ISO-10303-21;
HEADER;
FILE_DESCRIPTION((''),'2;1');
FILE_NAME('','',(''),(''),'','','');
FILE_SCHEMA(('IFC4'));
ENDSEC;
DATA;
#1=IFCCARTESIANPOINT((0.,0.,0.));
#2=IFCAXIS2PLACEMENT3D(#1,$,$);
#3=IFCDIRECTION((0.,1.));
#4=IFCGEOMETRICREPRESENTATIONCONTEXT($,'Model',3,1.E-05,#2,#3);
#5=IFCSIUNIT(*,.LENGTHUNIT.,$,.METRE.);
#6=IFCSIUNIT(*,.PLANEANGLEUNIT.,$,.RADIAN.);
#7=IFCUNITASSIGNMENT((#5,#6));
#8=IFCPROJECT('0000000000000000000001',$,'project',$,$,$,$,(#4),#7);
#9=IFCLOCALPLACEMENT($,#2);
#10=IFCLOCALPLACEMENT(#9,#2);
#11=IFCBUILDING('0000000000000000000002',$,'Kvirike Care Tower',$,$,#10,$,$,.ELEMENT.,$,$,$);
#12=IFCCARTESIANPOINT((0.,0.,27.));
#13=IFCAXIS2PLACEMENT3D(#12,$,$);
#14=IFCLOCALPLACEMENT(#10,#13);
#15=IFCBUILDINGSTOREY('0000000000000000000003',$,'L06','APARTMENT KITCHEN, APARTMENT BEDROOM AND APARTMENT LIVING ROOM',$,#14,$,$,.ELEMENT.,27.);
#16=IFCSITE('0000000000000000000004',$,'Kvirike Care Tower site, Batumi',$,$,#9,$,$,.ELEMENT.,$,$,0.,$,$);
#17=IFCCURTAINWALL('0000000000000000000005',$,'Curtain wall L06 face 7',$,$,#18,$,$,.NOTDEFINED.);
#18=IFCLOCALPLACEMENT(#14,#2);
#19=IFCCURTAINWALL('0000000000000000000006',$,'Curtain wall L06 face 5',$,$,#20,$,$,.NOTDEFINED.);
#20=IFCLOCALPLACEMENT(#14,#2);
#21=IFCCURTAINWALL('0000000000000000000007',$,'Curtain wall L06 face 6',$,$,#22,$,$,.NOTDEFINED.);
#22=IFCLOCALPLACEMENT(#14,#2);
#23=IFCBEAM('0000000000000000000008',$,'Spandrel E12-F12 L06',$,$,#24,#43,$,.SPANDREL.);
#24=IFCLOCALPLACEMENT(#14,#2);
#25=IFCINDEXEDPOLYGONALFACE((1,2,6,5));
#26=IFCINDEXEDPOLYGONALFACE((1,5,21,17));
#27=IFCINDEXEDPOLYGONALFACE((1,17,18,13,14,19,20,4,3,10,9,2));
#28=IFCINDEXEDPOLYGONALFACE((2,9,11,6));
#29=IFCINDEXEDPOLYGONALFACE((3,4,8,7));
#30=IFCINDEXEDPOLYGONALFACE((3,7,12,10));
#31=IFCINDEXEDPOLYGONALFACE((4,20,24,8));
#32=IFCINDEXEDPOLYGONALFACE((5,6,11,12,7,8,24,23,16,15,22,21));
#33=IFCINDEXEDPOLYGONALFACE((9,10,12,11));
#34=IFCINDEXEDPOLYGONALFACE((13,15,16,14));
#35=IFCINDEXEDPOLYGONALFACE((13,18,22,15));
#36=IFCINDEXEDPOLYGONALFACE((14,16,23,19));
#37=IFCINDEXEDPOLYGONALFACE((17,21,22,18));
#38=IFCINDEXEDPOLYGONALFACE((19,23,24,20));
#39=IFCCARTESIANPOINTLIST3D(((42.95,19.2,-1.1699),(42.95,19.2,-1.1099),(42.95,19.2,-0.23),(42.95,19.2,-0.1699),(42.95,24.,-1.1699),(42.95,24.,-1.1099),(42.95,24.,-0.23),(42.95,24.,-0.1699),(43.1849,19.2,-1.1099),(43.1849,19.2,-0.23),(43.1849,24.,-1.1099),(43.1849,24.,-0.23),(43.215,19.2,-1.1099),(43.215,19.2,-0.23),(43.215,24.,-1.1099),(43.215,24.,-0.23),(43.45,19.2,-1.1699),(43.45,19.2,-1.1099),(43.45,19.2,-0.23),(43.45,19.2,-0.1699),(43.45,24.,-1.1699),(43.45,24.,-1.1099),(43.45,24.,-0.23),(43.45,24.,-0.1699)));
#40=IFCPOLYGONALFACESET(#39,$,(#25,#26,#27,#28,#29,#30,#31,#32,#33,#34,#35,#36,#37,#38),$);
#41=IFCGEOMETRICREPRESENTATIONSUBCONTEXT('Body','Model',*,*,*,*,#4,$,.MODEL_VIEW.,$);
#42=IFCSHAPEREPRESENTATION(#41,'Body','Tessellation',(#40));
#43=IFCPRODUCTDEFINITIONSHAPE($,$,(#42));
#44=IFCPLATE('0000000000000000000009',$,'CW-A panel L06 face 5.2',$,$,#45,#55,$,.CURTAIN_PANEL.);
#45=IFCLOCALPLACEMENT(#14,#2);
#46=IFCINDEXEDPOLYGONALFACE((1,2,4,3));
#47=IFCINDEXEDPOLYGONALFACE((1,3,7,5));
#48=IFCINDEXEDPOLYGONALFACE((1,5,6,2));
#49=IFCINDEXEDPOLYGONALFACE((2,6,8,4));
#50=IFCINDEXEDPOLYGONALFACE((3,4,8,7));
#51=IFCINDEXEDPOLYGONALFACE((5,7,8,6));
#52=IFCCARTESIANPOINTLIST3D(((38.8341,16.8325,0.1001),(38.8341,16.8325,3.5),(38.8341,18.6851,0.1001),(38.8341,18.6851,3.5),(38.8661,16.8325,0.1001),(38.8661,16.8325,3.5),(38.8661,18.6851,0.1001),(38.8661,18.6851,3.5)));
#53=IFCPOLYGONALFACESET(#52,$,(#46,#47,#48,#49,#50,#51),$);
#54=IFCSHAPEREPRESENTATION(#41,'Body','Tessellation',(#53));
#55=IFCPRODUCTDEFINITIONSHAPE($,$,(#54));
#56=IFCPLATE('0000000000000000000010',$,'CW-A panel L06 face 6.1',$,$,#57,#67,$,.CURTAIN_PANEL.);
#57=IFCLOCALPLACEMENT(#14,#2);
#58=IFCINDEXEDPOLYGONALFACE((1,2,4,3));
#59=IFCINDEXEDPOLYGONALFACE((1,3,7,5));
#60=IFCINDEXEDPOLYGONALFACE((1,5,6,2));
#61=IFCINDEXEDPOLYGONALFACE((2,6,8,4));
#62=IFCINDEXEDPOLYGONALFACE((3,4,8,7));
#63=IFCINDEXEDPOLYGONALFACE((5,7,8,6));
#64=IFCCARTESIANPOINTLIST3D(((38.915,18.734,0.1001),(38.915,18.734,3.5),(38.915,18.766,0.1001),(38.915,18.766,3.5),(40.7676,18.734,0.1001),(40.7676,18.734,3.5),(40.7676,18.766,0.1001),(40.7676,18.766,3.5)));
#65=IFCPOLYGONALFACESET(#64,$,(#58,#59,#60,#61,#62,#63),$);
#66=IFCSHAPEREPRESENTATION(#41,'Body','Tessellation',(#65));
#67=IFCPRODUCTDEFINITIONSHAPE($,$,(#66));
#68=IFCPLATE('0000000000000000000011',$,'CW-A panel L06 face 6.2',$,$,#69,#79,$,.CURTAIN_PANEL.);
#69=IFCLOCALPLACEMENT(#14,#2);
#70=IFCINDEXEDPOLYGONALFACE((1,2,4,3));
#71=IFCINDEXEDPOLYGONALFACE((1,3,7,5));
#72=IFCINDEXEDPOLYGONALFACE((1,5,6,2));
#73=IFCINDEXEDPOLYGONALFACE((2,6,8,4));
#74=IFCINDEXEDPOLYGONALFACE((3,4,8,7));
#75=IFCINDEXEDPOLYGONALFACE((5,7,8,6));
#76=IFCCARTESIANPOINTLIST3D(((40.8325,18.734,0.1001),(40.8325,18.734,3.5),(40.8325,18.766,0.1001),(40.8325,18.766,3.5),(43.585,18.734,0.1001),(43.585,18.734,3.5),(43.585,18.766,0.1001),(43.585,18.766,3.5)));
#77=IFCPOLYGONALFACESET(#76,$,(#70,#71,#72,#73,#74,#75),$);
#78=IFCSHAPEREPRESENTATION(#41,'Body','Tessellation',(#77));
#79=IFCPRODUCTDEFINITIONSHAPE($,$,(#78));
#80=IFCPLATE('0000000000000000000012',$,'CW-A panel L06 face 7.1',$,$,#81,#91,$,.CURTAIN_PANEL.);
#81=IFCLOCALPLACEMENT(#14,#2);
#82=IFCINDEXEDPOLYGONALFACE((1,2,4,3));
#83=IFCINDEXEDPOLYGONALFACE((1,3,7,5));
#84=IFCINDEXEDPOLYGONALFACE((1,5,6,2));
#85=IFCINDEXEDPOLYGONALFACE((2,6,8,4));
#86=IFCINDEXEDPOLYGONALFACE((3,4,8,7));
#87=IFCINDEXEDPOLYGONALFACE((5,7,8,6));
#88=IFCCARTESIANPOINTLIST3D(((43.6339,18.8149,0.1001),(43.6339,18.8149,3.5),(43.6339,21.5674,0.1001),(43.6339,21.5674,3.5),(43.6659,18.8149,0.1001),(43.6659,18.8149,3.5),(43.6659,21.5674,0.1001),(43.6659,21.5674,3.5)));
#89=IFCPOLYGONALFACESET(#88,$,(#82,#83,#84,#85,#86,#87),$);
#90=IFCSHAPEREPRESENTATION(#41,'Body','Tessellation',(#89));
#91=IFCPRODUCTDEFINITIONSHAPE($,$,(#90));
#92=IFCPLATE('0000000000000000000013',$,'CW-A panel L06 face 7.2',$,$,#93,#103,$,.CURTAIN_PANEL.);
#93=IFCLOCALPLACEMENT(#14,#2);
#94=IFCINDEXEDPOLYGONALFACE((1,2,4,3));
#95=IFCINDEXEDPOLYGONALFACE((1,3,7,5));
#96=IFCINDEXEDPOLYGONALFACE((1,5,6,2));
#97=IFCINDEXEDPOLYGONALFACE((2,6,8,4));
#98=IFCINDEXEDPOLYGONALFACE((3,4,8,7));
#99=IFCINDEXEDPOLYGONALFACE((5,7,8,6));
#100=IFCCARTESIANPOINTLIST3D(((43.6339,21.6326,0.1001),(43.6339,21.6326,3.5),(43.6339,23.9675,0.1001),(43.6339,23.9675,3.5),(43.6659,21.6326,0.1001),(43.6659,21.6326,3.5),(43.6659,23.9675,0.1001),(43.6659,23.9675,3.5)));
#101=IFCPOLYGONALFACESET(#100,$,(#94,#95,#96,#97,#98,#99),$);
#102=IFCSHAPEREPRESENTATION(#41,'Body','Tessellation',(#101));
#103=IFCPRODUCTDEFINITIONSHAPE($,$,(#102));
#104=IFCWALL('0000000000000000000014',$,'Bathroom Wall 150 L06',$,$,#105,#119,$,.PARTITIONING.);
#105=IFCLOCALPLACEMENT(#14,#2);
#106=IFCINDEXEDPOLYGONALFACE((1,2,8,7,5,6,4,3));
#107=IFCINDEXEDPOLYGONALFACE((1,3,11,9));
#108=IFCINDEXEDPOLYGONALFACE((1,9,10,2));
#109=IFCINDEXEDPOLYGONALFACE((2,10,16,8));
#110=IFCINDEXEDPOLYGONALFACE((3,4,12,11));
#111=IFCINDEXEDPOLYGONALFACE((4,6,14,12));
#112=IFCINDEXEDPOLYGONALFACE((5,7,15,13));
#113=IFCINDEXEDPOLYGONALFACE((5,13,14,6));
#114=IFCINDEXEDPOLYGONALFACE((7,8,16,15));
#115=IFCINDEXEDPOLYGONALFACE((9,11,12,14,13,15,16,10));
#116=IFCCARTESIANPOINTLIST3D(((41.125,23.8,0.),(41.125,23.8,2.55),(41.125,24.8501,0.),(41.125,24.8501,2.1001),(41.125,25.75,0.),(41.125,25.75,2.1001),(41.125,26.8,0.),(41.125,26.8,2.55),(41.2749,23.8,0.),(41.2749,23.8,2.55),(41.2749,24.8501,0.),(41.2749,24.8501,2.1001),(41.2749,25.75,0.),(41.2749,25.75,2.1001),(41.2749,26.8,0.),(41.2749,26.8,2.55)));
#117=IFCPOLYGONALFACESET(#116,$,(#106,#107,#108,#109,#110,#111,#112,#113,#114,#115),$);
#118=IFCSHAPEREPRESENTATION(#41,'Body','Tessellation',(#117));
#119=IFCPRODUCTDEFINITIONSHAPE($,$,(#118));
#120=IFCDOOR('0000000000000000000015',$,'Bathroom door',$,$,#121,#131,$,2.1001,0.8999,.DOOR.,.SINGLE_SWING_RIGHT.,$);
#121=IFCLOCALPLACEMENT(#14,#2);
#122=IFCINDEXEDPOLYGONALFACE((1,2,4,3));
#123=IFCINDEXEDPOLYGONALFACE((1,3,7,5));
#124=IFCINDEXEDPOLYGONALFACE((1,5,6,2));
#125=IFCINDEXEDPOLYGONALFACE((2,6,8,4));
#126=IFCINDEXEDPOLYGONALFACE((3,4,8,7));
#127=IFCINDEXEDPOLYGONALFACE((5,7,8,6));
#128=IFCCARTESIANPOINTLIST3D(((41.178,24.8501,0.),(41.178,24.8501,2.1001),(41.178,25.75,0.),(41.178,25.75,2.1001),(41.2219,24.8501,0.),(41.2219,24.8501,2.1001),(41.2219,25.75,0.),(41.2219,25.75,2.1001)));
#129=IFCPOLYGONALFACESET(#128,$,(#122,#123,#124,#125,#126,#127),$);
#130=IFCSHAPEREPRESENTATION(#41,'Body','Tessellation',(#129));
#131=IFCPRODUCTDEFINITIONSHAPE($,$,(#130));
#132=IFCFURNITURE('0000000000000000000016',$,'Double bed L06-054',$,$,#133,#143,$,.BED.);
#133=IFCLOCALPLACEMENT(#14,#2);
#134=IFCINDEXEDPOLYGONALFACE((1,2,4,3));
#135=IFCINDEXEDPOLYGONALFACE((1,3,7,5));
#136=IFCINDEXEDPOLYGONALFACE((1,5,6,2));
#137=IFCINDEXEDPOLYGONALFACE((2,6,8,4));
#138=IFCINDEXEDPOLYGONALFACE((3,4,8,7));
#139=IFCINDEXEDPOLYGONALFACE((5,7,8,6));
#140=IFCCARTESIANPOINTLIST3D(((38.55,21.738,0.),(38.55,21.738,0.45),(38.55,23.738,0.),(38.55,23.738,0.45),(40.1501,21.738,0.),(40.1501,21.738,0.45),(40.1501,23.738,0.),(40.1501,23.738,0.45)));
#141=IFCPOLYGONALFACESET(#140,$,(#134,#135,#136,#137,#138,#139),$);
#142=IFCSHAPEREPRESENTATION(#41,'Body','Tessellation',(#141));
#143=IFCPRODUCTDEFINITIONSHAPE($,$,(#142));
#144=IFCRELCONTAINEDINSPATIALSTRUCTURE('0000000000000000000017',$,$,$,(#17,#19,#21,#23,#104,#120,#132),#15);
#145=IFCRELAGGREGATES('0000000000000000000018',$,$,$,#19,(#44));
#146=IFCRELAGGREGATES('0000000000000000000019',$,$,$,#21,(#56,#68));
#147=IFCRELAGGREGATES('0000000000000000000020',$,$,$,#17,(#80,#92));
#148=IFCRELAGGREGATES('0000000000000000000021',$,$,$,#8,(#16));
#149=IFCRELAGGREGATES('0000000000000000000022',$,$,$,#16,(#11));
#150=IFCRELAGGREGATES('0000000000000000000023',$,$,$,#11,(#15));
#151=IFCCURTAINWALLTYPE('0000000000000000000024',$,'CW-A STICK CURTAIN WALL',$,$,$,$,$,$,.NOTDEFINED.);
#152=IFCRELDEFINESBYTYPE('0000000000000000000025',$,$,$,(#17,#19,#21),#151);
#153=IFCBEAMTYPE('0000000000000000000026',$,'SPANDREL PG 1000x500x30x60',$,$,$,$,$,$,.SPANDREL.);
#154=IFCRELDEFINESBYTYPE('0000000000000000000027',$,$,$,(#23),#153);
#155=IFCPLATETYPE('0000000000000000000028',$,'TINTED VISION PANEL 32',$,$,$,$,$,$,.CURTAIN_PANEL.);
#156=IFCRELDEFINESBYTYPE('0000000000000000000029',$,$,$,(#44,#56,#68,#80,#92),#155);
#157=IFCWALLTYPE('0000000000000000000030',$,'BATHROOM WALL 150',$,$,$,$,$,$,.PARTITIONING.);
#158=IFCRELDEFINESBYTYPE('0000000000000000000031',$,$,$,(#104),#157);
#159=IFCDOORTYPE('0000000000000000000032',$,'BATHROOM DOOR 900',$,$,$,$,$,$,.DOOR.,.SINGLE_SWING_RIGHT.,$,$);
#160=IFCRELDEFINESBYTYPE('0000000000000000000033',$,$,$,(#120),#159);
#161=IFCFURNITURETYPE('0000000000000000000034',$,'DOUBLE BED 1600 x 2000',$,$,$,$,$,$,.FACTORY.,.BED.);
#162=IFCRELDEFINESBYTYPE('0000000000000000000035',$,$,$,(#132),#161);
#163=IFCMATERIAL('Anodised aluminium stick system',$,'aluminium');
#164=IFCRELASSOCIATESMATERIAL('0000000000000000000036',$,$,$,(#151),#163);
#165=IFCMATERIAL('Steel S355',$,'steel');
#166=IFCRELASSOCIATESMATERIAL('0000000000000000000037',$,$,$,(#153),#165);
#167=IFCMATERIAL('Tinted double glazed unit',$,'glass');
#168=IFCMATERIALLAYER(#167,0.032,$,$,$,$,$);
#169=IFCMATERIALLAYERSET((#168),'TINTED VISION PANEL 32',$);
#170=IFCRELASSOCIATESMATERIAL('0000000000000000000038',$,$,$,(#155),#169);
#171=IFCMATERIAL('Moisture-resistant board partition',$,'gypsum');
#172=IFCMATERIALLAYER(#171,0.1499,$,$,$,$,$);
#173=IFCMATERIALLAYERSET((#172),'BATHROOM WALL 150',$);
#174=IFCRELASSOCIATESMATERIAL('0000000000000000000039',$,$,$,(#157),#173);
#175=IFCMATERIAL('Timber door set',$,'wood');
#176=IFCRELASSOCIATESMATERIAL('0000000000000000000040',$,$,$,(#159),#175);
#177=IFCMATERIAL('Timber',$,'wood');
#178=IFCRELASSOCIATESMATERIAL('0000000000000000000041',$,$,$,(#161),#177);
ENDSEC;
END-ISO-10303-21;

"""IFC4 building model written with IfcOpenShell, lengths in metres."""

from ifc_helpers import new_model, si_unit, direction, frame, frame_2d, origin, origin_2d, place, context, subcontext, project, spatial, rectangle, i_section, extrude, material, layer, layer_set, material_profile, profile_set, type_object, element, fill, aggregate, save


model = new_model("IFC4")

# Units and contexts
model_context = context("Model", 3, precision=1e-05, world=origin(), true_north=direction((0.0, 1.0)))
body_context = subcontext(model_context, "Body", "Model", "MODEL_VIEW")
ifc_project = project(units=[si_unit("LENGTHUNIT", "METRE"), si_unit("PLANEANGLEUNIT", "RADIAN")], contexts=[model_context])

# Site, building, storey
site_placement = place(None, origin())
site = spatial("IfcSite", under=ifc_project, at=site_placement, Name="Kvirike Care Tower site, Batumi", CompositionType="ELEMENT", RefElevation=0.0)
building_placement = place(site_placement, origin())
building = spatial("IfcBuilding", under=site, at=building_placement, Name="Kvirike Care Tower", CompositionType="ELEMENT")
storey_placement = place(building_placement, frame((0.0, 0.0, 27.0)))
storey = spatial("IfcBuildingStorey", under=building, at=storey_placement, Name="L06", Description="APARTMENT KITCHEN, APARTMENT BEDROOM AND APARTMENT LIVING ROOM", CompositionType="ELEMENT", Elevation=27.0)

# Curtain wall
ifc_material_1 = material(Name="Anodised aluminium stick system", Category="aluminium")
curtain_wall_type = type_object("IfcCurtainWallType", Name="CW-A STICK CURTAIN WALL", PredefinedType="NOTDEFINED", material=ifc_material_1)
curtain_wall_1_placement = place(storey_placement, origin())
curtain_wall_1 = element("IfcCurtainWall", 1, at=curtain_wall_1_placement, inside=storey, type_object=curtain_wall_type, Name="Curtain wall L06 face 7", PredefinedType="NOTDEFINED")

# Curtain walls
curtain_wall_2_placement = place(storey_placement, origin())
curtain_wall_2 = element("IfcCurtainWall", 2, at=curtain_wall_2_placement, inside=storey, type_object=curtain_wall_type, Name="Curtain wall L06 face 5", PredefinedType="NOTDEFINED")
curtain_wall_3_placement = place(storey_placement, origin())
curtain_wall_3 = element("IfcCurtainWall", 3, at=curtain_wall_3_placement, inside=storey, type_object=curtain_wall_type, Name="Curtain wall L06 face 6", PredefinedType="NOTDEFINED")

# Beam
ifc_material_2 = material(Name="Steel S355", Category="steel")
ifc_material_profile_1 = material_profile(ifc_material_2, i_section(OverallWidth=0.5, OverallDepth=1.0, WebThickness=0.03, FlangeThickness=0.0601, at=origin_2d()), Name="PG 1000x500x30x60")
ifc_profile_set_1 = profile_set([ifc_material_profile_1], Name="Steel S355")
beam_type = type_object("IfcBeamType", Name="SPANDREL PG 1000x500x30x60", PredefinedType="SPANDREL", material=ifc_profile_set_1)
beam_placement = place(storey_placement, frame((43.2, 19.2, -0.6699), z_axis=(0.0, 1.0, 0.0), x_axis=(-1.0, 0.0, 0.0)))
element("IfcBeam", 4, at=beam_placement, inside=storey, type_object=beam_type, Name="Spandrel E12-F12 L06", PredefinedType="SPANDREL", context=body_context, shape_type="SweptSolid", body=[
    extrude(i_section(OverallWidth=0.5, OverallDepth=1.0, WebThickness=0.03, FlangeThickness=0.0601, at=origin_2d()), origin(), (0.0, 0.0, 1.0), 4.8),
])

# Plates
ifc_material_3 = material(Name="Tinted double glazed unit", Category="glass")
ifc_layer_1 = layer(ifc_material_3, 0.032)
ifc_layer_set_1 = layer_set([ifc_layer_1], Name="TINTED VISION PANEL 32")
plate_type = type_object("IfcPlateType", Name="TINTED VISION PANEL 32", PredefinedType="CURTAIN_PANEL", material=ifc_layer_set_1)
plate_1_placement = place(storey_placement, frame((38.8501, 17.7588, 0.1001), z_axis=(0.0, 0.0, 1.0), x_axis=(0.0, 1.0, 0.0)))
plate_1 = element("IfcPlate", 5, at=plate_1_placement, type_object=plate_type, Name="CW-A panel L06 face 5.2", PredefinedType="CURTAIN_PANEL", context=body_context, shape_type="SweptSolid", body=[
    extrude(rectangle(XDim=1.8525, YDim=0.032, at=origin_2d()), origin(), (0.0, 0.0, 1.0), 3.3999),
])
aggregate(curtain_wall_2, [plate_1])
plate_2_placement = place(storey_placement, frame((39.8413, 18.75, 0.1001), z_axis=(0.0, 0.0, 1.0), x_axis=(1.0, 0.0, 0.0)))
plate_2 = element("IfcPlate", 6, at=plate_2_placement, type_object=plate_type, Name="CW-A panel L06 face 6.1", PredefinedType="CURTAIN_PANEL", context=body_context, shape_type="SweptSolid", body=[
    extrude(rectangle(XDim=1.8525, YDim=0.032, at=origin_2d()), origin(), (0.0, 0.0, 1.0), 3.3999),
])
plate_3_placement = place(storey_placement, frame((42.2087, 18.75, 0.1001), z_axis=(0.0, 0.0, 1.0), x_axis=(1.0, 0.0, 0.0)))
plate_3 = element("IfcPlate", 7, at=plate_3_placement, type_object=plate_type, Name="CW-A panel L06 face 6.2", PredefinedType="CURTAIN_PANEL", context=body_context, shape_type="SweptSolid", body=[
    extrude(rectangle(XDim=2.7524, YDim=0.032, at=origin_2d()), origin(), (0.0, 0.0, 1.0), 3.3999),
])
aggregate(curtain_wall_3, [plate_2, plate_3])
plate_4_placement = place(storey_placement, frame((43.6499, 20.1912, 0.1001), z_axis=(0.0, 0.0, 1.0), x_axis=(0.0, 1.0, 0.0)))
plate_4 = element("IfcPlate", 8, at=plate_4_placement, type_object=plate_type, Name="CW-A panel L06 face 7.1", PredefinedType="CURTAIN_PANEL", context=body_context, shape_type="SweptSolid", body=[
    extrude(rectangle(XDim=2.7524, YDim=0.032, at=origin_2d()), origin(), (0.0, 0.0, 1.0), 3.3999),
])
plate_5_placement = place(storey_placement, frame((43.6499, 22.8, 0.1001), z_axis=(0.0, 0.0, 1.0), x_axis=(0.0, 1.0, 0.0)))
plate_5 = element("IfcPlate", 9, at=plate_5_placement, type_object=plate_type, Name="CW-A panel L06 face 7.2", PredefinedType="CURTAIN_PANEL", context=body_context, shape_type="SweptSolid", body=[
    extrude(rectangle(XDim=2.335, YDim=0.032, at=origin_2d()), origin(), (0.0, 0.0, 1.0), 3.3999),
])
aggregate(curtain_wall_1, [plate_4, plate_5])

# Wall, opening, door
ifc_material_4 = material(Name="Moisture-resistant board partition", Category="gypsum")
ifc_layer_2 = layer(ifc_material_4, 0.1499)
ifc_layer_set_2 = layer_set([ifc_layer_2], Name="BATHROOM WALL 150")
wall_type = type_object("IfcWallType", Name="BATHROOM WALL 150", PredefinedType="PARTITIONING", material=ifc_layer_set_2)
wall_placement = place(storey_placement, frame((41.2, 23.8, 0.0), z_axis=(0.0, 0.0, 1.0), x_axis=(0.0, 1.0, 0.0)))
wall = element("IfcWall", 10, at=wall_placement, inside=storey, type_object=wall_type, Name="Bathroom Wall 150 L06", PredefinedType="PARTITIONING", context=body_context, shape_type="SweptSolid", body=[
    extrude(rectangle(XDim=3.0, YDim=0.1499, at=frame_2d((1.5, 0.0))), origin(), (0.0, 0.0, 1.0), 2.55),
])
opening_placement = place(wall_placement, frame((1.05, 0.0, 0.0)))
opening = element("IfcOpeningElement", 11, at=opening_placement, cuts=wall, PredefinedType="OPENING", context=body_context, shape_type="SweptSolid", body=[
    extrude(rectangle(XDim=0.8999, YDim=2.1001, at=frame_2d((0.45, 1.05))), frame((0.0, 0.0854, 0.0), z_axis=(0.0, -1.0, 0.0), x_axis=(1.0, 0.0, 0.0)), (0.0, 0.0, 1.0), 0.1709),
])
ifc_material_5 = material(Name="Timber door set", Category="wood")
door_type = type_object("IfcDoorType", Name="BATHROOM DOOR 900", OperationType="SINGLE_SWING_RIGHT", PredefinedType="DOOR", material=ifc_material_5)
door_placement = place(opening_placement, origin())
door = element("IfcDoor", 12, at=door_placement, inside=storey, type_object=door_type, Name="Bathroom door", OperationType="SINGLE_SWING_RIGHT", OverallHeight=2.1001, OverallWidth=0.8999, PredefinedType="DOOR", context=body_context, shape_type="SweptSolid", body=[
    extrude(rectangle(XDim=0.8999, YDim=2.1001, at=frame_2d((0.45, 1.05))), frame((0.0, 0.022, 0.0), z_axis=(0.0, -1.0, 0.0), x_axis=(1.0, 0.0, 0.0)), (0.0, 0.0, 1.0), 0.0439),
])
fill(opening, door)

# Furniture
ifc_material_6 = material(Name="Timber", Category="wood")
furniture_type = type_object("IfcFurnitureType", Name="DOUBLE BED 1600 x 2000", AssemblyPlace="FACTORY", PredefinedType="BED", material=ifc_material_6)
furniture_placement = place(storey_placement, frame((39.3501, 22.738, 0.0), z_axis=(0.0, 0.0, 1.0), x_axis=(1.0, 0.0, 0.0)))
element("IfcFurniture", 13, at=furniture_placement, inside=storey, type_object=furniture_type, Name="Double bed L06-054", PredefinedType="BED", context=body_context, shape_type="SweptSolid", body=[
    extrude(rectangle(XDim=1.6001, YDim=2.0, at=origin_2d()), origin(), (0.0, 0.0, 1.0), 0.45),
])

save(model, "model.ifc")
